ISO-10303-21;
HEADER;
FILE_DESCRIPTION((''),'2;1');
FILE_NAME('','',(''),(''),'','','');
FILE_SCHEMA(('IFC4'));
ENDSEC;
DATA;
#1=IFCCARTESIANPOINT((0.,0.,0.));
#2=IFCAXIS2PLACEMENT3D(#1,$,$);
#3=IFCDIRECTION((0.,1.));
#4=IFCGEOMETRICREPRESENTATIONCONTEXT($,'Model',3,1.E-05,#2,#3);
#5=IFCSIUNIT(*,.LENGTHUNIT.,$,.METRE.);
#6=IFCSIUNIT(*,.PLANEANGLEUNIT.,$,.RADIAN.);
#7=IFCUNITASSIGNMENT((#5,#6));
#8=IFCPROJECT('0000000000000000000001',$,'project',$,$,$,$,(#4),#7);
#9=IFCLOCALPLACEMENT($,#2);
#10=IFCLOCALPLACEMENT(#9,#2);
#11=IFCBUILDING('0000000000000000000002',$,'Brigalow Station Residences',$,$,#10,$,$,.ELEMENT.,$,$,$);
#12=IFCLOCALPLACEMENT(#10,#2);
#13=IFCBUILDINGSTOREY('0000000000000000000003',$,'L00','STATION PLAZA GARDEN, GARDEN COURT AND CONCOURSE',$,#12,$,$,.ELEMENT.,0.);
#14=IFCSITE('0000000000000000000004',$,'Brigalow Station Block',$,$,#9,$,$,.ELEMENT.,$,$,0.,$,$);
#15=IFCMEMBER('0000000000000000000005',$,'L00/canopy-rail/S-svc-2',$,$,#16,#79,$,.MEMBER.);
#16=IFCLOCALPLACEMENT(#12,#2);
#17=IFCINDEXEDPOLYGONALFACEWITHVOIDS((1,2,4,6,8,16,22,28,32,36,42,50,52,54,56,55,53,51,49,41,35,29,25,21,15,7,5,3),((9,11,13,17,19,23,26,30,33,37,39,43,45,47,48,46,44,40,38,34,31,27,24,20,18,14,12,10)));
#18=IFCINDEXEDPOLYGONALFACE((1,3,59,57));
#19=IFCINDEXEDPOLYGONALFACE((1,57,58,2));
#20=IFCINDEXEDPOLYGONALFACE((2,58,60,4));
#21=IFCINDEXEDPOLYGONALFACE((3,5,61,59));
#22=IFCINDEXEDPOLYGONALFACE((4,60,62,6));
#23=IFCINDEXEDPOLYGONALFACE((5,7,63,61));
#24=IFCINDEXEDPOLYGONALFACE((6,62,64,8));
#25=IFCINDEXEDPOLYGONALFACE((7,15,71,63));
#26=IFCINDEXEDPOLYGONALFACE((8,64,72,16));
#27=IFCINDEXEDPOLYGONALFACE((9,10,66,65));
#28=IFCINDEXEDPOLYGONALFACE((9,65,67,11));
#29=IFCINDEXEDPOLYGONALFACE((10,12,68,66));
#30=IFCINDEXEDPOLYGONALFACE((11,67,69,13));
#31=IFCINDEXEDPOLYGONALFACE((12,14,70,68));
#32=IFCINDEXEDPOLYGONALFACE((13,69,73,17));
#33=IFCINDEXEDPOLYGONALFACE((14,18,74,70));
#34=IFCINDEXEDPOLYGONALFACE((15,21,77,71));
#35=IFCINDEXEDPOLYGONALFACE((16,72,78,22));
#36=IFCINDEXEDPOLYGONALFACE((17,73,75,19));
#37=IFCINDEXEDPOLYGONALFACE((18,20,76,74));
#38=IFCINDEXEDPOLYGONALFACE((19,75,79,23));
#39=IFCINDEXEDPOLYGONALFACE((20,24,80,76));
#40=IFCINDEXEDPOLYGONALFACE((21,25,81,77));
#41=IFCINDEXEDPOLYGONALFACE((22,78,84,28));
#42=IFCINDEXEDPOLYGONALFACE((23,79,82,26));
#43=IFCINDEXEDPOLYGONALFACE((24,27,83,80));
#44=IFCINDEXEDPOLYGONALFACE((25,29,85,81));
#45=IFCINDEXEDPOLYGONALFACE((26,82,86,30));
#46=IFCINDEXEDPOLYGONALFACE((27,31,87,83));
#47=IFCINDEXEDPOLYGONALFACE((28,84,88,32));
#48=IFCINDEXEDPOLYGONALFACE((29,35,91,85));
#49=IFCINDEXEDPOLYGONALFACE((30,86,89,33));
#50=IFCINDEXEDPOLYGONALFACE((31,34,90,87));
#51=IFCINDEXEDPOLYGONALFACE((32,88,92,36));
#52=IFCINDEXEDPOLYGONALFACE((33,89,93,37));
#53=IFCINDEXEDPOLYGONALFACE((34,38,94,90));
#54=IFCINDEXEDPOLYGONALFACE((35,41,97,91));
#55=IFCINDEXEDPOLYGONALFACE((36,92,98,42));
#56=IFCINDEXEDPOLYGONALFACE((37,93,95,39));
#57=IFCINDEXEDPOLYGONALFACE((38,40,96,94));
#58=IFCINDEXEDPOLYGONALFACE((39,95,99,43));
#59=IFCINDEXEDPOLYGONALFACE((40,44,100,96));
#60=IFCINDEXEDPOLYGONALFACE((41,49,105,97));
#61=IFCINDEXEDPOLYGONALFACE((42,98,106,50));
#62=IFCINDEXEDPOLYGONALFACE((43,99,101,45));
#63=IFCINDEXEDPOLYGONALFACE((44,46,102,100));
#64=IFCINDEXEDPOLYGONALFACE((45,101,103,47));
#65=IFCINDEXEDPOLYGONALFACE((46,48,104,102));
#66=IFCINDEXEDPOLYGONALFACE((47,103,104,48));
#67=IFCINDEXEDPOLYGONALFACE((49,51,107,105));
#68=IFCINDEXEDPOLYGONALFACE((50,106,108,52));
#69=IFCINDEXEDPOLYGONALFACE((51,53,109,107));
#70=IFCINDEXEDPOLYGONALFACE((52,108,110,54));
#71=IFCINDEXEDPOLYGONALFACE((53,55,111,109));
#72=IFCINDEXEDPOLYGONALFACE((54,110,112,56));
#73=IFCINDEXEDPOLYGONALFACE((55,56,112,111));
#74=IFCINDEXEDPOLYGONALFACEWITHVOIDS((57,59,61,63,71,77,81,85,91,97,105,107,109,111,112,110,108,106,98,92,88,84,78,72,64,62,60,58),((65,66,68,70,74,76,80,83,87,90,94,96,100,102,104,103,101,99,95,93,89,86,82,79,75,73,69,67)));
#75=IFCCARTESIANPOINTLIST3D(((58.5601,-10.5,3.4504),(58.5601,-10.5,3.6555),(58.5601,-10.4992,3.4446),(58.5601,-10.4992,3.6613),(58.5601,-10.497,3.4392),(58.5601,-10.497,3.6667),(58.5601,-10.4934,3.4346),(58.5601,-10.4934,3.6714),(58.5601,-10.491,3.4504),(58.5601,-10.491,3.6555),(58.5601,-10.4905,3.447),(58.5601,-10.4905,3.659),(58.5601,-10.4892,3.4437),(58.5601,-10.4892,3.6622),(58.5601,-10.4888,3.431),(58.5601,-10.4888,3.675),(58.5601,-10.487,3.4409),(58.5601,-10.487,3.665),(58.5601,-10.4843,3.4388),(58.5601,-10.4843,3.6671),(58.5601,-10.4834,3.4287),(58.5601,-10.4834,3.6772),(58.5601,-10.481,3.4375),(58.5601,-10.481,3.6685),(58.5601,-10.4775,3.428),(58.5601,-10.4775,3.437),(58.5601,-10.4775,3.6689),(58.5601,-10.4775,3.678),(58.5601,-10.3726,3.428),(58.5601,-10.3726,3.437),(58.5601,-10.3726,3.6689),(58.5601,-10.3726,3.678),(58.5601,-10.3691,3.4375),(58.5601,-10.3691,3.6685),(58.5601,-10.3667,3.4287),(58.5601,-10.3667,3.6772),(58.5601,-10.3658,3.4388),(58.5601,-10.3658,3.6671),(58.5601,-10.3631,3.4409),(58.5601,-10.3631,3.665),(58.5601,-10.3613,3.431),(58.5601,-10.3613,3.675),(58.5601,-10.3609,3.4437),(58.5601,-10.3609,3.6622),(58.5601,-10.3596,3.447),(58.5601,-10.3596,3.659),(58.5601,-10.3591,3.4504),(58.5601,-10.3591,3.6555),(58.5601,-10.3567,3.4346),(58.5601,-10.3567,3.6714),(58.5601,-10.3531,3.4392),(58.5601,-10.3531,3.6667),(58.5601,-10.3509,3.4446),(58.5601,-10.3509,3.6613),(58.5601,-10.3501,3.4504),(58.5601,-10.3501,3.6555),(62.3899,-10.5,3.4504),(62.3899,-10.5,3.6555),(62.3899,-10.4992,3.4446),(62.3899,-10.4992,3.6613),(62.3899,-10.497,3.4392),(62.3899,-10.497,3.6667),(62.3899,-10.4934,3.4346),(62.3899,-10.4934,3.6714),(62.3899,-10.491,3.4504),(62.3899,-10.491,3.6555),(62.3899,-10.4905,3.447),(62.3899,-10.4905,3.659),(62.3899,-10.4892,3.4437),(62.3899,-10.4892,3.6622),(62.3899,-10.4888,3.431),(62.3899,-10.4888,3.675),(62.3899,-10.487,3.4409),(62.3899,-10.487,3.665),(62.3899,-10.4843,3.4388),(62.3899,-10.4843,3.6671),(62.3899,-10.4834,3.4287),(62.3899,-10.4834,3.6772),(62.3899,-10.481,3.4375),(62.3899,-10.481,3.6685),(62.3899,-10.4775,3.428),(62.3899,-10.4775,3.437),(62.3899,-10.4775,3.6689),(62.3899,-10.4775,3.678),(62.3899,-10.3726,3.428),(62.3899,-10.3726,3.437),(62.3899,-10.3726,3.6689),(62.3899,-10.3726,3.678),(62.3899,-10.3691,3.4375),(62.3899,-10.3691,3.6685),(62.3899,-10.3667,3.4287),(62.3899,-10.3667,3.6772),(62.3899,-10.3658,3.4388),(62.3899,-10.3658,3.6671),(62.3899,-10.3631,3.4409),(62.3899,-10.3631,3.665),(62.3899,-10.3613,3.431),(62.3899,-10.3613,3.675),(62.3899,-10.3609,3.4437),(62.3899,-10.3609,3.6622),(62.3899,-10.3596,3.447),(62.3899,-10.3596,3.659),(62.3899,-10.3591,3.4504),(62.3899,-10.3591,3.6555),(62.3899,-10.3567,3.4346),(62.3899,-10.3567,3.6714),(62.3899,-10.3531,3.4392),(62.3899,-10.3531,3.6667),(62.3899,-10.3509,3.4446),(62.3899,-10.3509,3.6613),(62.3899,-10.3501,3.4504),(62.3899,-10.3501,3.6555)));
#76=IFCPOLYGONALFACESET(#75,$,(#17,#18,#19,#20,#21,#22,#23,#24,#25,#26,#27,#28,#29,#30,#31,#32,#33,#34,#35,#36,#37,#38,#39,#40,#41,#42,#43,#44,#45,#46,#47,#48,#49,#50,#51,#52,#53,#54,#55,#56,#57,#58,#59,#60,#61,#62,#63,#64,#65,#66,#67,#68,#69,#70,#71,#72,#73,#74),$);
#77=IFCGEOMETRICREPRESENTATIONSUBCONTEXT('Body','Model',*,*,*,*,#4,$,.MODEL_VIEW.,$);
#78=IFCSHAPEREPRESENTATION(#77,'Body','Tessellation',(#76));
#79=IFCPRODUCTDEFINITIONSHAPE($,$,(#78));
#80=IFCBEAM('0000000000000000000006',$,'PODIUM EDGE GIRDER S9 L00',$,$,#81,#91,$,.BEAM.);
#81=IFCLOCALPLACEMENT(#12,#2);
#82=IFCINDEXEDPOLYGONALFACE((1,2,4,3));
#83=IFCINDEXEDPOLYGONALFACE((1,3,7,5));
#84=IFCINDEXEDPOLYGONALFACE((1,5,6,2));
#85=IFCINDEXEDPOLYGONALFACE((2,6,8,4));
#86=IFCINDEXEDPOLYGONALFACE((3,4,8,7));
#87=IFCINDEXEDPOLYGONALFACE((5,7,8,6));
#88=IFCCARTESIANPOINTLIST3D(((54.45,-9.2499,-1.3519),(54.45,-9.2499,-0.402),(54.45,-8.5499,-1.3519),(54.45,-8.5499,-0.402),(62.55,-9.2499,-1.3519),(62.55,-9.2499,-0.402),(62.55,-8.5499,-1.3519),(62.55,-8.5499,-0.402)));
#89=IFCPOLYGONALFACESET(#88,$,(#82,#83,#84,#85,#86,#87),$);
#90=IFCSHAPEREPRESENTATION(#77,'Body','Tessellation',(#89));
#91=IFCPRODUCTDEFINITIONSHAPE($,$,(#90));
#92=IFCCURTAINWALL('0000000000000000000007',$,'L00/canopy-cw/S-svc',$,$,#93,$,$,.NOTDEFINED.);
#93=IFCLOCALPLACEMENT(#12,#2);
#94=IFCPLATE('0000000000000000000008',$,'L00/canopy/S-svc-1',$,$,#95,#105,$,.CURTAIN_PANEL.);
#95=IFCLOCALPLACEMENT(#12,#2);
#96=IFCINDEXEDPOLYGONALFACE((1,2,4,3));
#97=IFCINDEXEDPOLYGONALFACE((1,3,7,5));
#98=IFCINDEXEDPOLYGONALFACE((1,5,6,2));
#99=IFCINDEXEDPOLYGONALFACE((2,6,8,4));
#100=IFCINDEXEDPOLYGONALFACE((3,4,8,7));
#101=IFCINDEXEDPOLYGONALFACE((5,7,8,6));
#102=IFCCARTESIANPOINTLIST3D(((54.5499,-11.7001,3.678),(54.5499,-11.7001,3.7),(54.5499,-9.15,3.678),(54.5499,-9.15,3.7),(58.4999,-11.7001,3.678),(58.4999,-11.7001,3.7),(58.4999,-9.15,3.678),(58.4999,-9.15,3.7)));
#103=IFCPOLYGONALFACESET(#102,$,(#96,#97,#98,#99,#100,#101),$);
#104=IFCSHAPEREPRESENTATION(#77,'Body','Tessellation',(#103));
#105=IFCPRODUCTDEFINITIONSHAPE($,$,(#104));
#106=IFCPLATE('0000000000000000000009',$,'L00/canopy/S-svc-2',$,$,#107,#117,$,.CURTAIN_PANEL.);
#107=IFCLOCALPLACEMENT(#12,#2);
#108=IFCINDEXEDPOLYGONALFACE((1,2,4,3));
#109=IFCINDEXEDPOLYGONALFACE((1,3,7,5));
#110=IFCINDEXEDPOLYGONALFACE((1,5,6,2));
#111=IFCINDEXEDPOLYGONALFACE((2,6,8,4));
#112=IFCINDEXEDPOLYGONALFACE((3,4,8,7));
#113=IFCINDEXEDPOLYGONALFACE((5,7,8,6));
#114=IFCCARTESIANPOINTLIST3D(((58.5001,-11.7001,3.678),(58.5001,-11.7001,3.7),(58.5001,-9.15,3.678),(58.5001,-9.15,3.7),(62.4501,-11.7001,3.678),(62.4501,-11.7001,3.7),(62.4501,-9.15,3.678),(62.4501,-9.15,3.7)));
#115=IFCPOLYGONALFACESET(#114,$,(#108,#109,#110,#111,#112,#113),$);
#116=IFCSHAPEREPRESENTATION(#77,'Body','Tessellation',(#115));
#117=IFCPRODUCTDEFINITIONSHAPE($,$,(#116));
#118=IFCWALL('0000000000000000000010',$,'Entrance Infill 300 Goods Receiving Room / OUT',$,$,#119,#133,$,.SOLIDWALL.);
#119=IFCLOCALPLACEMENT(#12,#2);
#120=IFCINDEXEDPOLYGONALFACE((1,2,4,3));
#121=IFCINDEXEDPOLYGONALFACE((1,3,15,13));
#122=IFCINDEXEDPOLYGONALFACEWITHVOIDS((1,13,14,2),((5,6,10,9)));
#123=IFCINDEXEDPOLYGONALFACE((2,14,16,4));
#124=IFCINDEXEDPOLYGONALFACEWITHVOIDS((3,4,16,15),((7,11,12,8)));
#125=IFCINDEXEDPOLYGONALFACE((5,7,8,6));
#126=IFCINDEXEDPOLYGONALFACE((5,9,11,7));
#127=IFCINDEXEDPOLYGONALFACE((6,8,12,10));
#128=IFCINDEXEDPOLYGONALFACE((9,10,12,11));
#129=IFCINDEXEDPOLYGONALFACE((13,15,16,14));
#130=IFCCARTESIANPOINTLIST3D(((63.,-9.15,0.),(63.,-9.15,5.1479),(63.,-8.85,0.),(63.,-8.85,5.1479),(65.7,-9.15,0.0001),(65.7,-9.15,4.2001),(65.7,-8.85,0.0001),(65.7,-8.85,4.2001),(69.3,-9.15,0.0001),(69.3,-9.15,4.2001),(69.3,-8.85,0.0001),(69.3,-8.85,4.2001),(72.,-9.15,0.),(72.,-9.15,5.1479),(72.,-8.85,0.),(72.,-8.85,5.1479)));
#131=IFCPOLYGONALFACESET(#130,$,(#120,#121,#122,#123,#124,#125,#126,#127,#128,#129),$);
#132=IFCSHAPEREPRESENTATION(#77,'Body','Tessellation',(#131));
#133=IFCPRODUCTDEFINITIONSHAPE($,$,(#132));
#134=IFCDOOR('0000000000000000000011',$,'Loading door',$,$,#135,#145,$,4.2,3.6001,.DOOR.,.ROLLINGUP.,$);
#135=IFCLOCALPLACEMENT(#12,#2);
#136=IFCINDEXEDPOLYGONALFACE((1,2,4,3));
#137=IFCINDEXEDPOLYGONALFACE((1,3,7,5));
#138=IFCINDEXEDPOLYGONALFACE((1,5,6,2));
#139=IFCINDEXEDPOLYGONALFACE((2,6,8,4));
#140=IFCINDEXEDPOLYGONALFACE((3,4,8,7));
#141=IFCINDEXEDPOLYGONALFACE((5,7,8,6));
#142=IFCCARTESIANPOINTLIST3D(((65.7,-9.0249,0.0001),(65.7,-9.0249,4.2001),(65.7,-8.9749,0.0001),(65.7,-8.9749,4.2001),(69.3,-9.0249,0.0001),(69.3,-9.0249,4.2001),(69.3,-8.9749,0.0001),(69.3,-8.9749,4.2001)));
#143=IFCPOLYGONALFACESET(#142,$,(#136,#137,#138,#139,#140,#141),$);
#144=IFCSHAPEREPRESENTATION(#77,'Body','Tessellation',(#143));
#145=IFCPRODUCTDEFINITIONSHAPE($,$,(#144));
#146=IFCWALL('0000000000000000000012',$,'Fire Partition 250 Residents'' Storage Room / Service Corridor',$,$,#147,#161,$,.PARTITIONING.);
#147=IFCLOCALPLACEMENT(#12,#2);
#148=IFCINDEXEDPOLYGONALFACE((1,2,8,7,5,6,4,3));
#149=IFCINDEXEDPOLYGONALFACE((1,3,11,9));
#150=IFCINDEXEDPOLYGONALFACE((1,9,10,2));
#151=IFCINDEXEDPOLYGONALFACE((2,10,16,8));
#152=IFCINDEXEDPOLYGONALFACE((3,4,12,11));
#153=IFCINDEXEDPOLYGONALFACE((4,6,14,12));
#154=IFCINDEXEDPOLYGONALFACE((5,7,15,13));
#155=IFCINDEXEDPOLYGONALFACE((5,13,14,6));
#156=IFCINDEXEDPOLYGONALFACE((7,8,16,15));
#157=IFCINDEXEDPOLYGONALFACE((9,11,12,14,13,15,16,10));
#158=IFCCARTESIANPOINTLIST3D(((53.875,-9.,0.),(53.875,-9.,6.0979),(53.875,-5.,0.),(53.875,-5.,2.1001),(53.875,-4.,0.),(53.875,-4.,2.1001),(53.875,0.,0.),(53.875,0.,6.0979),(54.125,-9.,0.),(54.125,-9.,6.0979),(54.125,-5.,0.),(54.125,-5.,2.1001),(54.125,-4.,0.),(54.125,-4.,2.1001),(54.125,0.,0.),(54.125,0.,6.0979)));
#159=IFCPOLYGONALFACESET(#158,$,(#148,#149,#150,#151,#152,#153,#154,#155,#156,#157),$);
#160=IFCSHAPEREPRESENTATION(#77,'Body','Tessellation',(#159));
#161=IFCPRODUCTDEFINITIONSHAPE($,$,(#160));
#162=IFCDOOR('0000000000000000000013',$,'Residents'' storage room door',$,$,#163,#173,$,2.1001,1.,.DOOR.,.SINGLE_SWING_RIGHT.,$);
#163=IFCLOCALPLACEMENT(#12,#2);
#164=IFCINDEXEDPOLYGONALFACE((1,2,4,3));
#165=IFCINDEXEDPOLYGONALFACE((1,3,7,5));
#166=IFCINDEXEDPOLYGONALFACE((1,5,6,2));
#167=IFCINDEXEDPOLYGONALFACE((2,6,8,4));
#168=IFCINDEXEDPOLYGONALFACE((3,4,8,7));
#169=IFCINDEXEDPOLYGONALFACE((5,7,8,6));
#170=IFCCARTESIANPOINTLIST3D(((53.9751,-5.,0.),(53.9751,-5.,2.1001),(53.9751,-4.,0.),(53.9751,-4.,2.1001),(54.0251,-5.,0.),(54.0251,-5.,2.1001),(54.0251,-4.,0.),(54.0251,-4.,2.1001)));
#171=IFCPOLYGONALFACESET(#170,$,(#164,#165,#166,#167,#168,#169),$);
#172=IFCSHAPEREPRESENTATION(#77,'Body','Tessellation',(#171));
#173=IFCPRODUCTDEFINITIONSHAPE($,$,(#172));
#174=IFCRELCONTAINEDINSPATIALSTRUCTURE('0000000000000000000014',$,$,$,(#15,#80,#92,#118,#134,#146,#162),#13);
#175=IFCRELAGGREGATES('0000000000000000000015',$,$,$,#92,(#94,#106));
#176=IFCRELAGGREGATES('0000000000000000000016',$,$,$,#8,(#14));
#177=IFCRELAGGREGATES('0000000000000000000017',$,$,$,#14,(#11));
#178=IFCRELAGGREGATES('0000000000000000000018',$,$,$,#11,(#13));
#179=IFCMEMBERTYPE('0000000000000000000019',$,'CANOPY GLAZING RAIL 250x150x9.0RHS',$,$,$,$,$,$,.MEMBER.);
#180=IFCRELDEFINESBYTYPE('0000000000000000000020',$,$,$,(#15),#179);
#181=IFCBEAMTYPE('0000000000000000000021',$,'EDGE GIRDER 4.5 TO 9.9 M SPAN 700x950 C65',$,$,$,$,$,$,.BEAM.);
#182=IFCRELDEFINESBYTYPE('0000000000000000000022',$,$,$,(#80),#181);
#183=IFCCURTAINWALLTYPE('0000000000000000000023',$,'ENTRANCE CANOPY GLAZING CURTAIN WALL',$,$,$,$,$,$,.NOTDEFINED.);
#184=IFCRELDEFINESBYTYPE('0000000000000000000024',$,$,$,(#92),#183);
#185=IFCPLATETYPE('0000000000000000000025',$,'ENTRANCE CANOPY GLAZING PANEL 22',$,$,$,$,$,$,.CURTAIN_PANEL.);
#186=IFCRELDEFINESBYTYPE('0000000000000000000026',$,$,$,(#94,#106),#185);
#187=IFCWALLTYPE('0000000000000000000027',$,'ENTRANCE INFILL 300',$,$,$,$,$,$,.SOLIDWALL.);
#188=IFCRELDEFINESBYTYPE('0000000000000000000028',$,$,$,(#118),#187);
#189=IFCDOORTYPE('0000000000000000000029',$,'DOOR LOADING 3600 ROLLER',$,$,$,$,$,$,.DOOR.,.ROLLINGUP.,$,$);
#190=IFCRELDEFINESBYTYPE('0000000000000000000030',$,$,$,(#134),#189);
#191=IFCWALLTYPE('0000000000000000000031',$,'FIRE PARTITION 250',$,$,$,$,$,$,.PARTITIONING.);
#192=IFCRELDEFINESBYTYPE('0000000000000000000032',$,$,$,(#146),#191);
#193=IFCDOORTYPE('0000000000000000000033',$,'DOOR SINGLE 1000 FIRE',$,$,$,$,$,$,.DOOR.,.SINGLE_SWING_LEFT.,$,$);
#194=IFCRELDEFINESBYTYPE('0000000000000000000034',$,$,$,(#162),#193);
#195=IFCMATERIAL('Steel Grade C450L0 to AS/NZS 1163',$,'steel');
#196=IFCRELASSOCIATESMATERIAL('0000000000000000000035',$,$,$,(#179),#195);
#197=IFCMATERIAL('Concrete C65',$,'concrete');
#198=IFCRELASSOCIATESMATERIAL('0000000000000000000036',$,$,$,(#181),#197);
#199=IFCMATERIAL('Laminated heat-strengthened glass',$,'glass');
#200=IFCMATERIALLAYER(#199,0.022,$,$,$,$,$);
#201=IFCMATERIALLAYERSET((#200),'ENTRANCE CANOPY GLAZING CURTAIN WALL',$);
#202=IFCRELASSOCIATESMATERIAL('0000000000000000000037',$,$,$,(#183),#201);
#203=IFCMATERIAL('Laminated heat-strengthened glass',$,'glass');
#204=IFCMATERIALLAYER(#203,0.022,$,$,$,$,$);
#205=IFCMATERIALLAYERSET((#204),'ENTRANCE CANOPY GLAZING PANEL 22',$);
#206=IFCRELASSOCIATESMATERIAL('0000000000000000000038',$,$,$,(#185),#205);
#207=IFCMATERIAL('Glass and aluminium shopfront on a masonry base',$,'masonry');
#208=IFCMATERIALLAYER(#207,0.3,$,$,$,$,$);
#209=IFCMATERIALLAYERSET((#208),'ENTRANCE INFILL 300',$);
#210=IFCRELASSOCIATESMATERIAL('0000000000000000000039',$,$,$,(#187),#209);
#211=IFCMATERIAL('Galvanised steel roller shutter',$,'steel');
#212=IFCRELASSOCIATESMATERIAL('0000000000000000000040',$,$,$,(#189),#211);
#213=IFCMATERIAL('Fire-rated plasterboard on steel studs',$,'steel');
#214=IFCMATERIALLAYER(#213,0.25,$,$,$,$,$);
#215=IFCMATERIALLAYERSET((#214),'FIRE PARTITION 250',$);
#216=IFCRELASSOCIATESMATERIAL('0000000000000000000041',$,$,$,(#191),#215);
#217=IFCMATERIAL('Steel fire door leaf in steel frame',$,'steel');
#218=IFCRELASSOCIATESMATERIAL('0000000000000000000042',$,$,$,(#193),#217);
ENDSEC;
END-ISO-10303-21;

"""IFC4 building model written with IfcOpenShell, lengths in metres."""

from ifc_helpers import new_model, si_unit, direction, frame, frame_2d, origin, origin_2d, place, context, subcontext, project, spatial, rectangle, hollow_rectangle, extrude, material, layer, layer_set, material_profile, profile_set, type_object, element, fill, aggregate, save


model = new_model("IFC4")

# Units and contexts
model_context = context("Model", 3, precision=1e-05, world=origin(), true_north=direction((0.0, 1.0)))
body_context = subcontext(model_context, "Body", "Model", "MODEL_VIEW")
ifc_project = project(units=[si_unit("LENGTHUNIT", "METRE"), si_unit("PLANEANGLEUNIT", "RADIAN")], contexts=[model_context])

# Site, building, storey
site_placement = place(None, origin())
site = spatial("IfcSite", under=ifc_project, at=site_placement, Name="Brigalow Station Block", CompositionType="ELEMENT", RefElevation=0.0)
building_placement = place(site_placement, origin())
building = spatial("IfcBuilding", under=site, at=building_placement, Name="Brigalow Station Residences", CompositionType="ELEMENT")
storey_placement = place(building_placement, origin())
storey = spatial("IfcBuildingStorey", under=building, at=storey_placement, Name="L00", Description="STATION PLAZA GARDEN, GARDEN COURT AND CONCOURSE", CompositionType="ELEMENT", Elevation=0.0)

# Member
ifc_material_1 = material(Name="Steel Grade C450L0 to AS/NZS 1163", Category="steel")
ifc_material_profile_1 = material_profile(ifc_material_1, hollow_rectangle(XDim=0.1499, YDim=0.25, WallThickness=0.009, InnerFilletRadius=0.0134, OuterFilletRadius=0.0225, at=origin_2d()), Name="250x150x9.0RHS")
ifc_profile_set_1 = profile_set([ifc_material_profile_1], Name="Steel Grade C450L0 to AS/NZS 1163")
member_type = type_object("IfcMemberType", Name="CANOPY GLAZING RAIL 250x150x9.0RHS", PredefinedType="MEMBER", material=ifc_profile_set_1)
for number, where, z_axis, x_axis, name in (
    (1, (58.5601, -10.425, 3.553), (1.0, 0.0, 0.0), (0.0, 1.0, 0.0), "L00/canopy-rail/S-svc-2"),
):
    element("IfcMember", number, at=place(storey_placement, frame(where, z_axis=z_axis, x_axis=x_axis)), inside=storey, type_object=member_type, Name=name, PredefinedType="MEMBER", context=body_context, shape_type="SweptSolid", body=[
        extrude(hollow_rectangle(XDim=0.1499, YDim=0.25, WallThickness=0.009, InnerFilletRadius=0.0134, OuterFilletRadius=0.0225, at=origin_2d()), origin(), (0.0, 0.0, 1.0), 3.8298),
    ])

# Beam
ifc_material_2 = material(Name="Concrete C65", Category="concrete")
ifc_material_profile_2 = material_profile(ifc_material_2, rectangle(XDim=0.7, YDim=0.95, at=origin_2d()), Name="RC700x950")
ifc_profile_set_2 = profile_set([ifc_material_profile_2], Name="Concrete C65")
beam_type_1 = type_object("IfcBeamType", Name="EDGE GIRDER 4.5 TO 9.9 M SPAN 700x950 C65", PredefinedType="BEAM", material=ifc_profile_set_2)
beam_1_placement = place(storey_placement, frame((54.45, -8.8999, -0.877), z_axis=(1.0, 0.0, 0.0), x_axis=(0.0, 1.0, 0.0)))
element("IfcBeam", 2, at=beam_1_placement, inside=storey, type_object=beam_type_1, Name="PODIUM EDGE GIRDER S9 L00", PredefinedType="BEAM", context=body_context, shape_type="SweptSolid", body=[
    extrude(rectangle(XDim=0.7, YDim=0.95, at=origin_2d()), origin(), (0.0, 0.0, 1.0), 8.1001),
])

# Curtain wall, plates
ifc_material_3 = material(Name="Laminated heat-strengthened glass", Category="glass")
ifc_layer_1 = layer(ifc_material_3, 0.022)
ifc_layer_set_1 = layer_set([ifc_layer_1], Name="ENTRANCE CANOPY GLAZING CURTAIN WALL")
curtain_wall_type = type_object("IfcCurtainWallType", Name="ENTRANCE CANOPY GLAZING CURTAIN WALL", PredefinedType="NOTDEFINED", material=ifc_layer_set_1)
curtain_wall_placement = place(storey_placement, origin())
curtain_wall = element("IfcCurtainWall", 3, at=curtain_wall_placement, inside=storey, type_object=curtain_wall_type, Name="L00/canopy-cw/S-svc", PredefinedType="NOTDEFINED")
ifc_material_4 = material(Name="Laminated heat-strengthened glass", Category="glass")
ifc_layer_2 = layer(ifc_material_4, 0.022)
ifc_layer_set_2 = layer_set([ifc_layer_2], Name="ENTRANCE CANOPY GLAZING PANEL 22")
plate_type = type_object("IfcPlateType", Name="ENTRANCE CANOPY GLAZING PANEL 22", PredefinedType="CURTAIN_PANEL", material=ifc_layer_set_2)
plate_1_placement = place(storey_placement, frame((56.5249, -10.425, 3.678), z_axis=(0.0, 0.0, 1.0), x_axis=(1.0, 0.0, 0.0)))
plate_1 = element("IfcPlate", 4, at=plate_1_placement, type_object=plate_type, Name="L00/canopy/S-svc-1", PredefinedType="CURTAIN_PANEL", context=body_context, shape_type="SweptSolid", body=[
    extrude(rectangle(XDim=3.95, YDim=2.55, at=origin_2d()), origin(), (0.0, 0.0, 1.0), 0.022),
])
plate_2_placement = place(storey_placement, frame((60.4751, -10.425, 3.678), z_axis=(0.0, 0.0, 1.0), x_axis=(1.0, 0.0, 0.0)))
plate_2 = element("IfcPlate", 5, at=plate_2_placement, type_object=plate_type, Name="L00/canopy/S-svc-2", PredefinedType="CURTAIN_PANEL", context=body_context, shape_type="SweptSolid", body=[
    extrude(rectangle(XDim=3.95, YDim=2.55, at=origin_2d()), origin(), (0.0, 0.0, 1.0), 0.022),
])
aggregate(curtain_wall, [plate_1, plate_2])

# Walls, openings, doors
ifc_material_5 = material(Name="Glass and aluminium shopfront on a masonry base", Category="masonry")
ifc_layer_3 = layer(ifc_material_5, 0.3)
ifc_layer_set_3 = layer_set([ifc_layer_3], Name="ENTRANCE INFILL 300")
wall_type_1 = type_object("IfcWallType", Name="ENTRANCE INFILL 300", PredefinedType="SOLIDWALL", material=ifc_layer_set_3)
wall_1_placement = place(storey_placement, frame((63.0, -9.0, 0.0), z_axis=(0.0, 0.0, 1.0), x_axis=(1.0, 0.0, 0.0)))
wall_1 = element("IfcWall", 6, at=wall_1_placement, inside=storey, type_object=wall_type_1, Name="Entrance Infill 300 Goods Receiving Room / OUT", PredefinedType="SOLIDWALL", context=body_context, shape_type="SweptSolid", body=[
    extrude(rectangle(XDim=9.0, YDim=0.3, at=frame_2d((4.5, 0.0))), origin(), (0.0, 0.0, 1.0), 5.1479),
])
opening_1_placement = place(wall_1_placement, frame((2.7, 0.0, 0.0)))
opening_1 = element("IfcOpeningElement", 7, at=opening_1_placement, cuts=wall_1, PredefinedType="OPENING", context=body_context, shape_type="SweptSolid", body=[
    extrude(rectangle(XDim=3.6001, YDim=4.2, at=frame_2d((1.8, 2.1001))), frame((0.0, 0.1602, 0.0), z_axis=(0.0, -1.0, 0.0), x_axis=(1.0, 0.0, 0.0)), (0.0, 0.0, 1.0), 0.3201),
])
ifc_material_6 = material(Name="Galvanised steel roller shutter", Category="steel")
door_type_1 = type_object("IfcDoorType", Name="DOOR LOADING 3600 ROLLER", OperationType="ROLLINGUP", PredefinedType="DOOR", material=ifc_material_6)
door_1_placement = place(opening_1_placement, frame((3.6001, 0.0, 0.0), z_axis=(0.0, 0.0, 1.0), x_axis=(-1.0, 0.0, 0.0)))
door_1 = element("IfcDoor", 8, at=door_1_placement, inside=storey, type_object=door_type_1, Name="Loading door", OperationType="ROLLINGUP", OverallHeight=4.2, OverallWidth=3.6001, PredefinedType="DOOR", context=body_context, shape_type="SweptSolid", body=[
    extrude(rectangle(XDim=3.6001, YDim=4.2, at=frame_2d((1.8, 2.1001))), frame((0.0, 0.0249, 0.0), z_axis=(0.0, -1.0, 0.0), x_axis=(1.0, 0.0, 0.0)), (0.0, 0.0, 1.0), 0.05),
])
fill(opening_1, door_1)
ifc_material_7 = material(Name="Fire-rated plasterboard on steel studs", Category="steel")
ifc_layer_4 = layer(ifc_material_7, 0.25)
ifc_layer_set_4 = layer_set([ifc_layer_4], Name="FIRE PARTITION 250")
wall_type_2 = type_object("IfcWallType", Name="FIRE PARTITION 250", PredefinedType="PARTITIONING", material=ifc_layer_set_4)
wall_2_placement = place(storey_placement, frame((54.0, -9.0, 0.0), z_axis=(0.0, 0.0, 1.0), x_axis=(0.0, 1.0, 0.0)))
wall_2 = element("IfcWall", 9, at=wall_2_placement, inside=storey, type_object=wall_type_2, Name="Fire Partition 250 Residents' Storage Room / Service Corridor", PredefinedType="PARTITIONING", context=body_context, shape_type="SweptSolid", body=[
    extrude(rectangle(XDim=9.0, YDim=0.25, at=frame_2d((4.5, 0.0))), origin(), (0.0, 0.0, 1.0), 6.0979),
])
opening_2_placement = place(wall_2_placement, frame((4.0, 0.0, 0.0)))
opening_2 = element("IfcOpeningElement", 10, at=opening_2_placement, cuts=wall_2, PredefinedType="OPENING", context=body_context, shape_type="SweptSolid", body=[
    extrude(rectangle(XDim=1.0, YDim=2.1001, at=frame_2d((0.5, 1.05))), frame((0.0, 0.135, 0.0), z_axis=(0.0, -1.0, 0.0), x_axis=(1.0, 0.0, 0.0)), (0.0, 0.0, 1.0), 0.27),
])
ifc_material_8 = material(Name="Steel fire door leaf in steel frame", Category="steel")
door_type_2 = type_object("IfcDoorType", Name="DOOR SINGLE 1000 FIRE", OperationType="SINGLE_SWING_LEFT", PredefinedType="DOOR", material=ifc_material_8)
door_2_placement = place(opening_2_placement, origin())
door_2 = element("IfcDoor", 11, at=door_2_placement, inside=storey, type_object=door_type_2, Name="Residents' storage room door", OperationType="SINGLE_SWING_RIGHT", OverallHeight=2.1001, OverallWidth=1.0, PredefinedType="DOOR", context=body_context, shape_type="SweptSolid", body=[
    extrude(rectangle(XDim=1.0, YDim=2.1001, at=frame_2d((0.5, 1.05))), frame((0.0, 0.0249, 0.0), z_axis=(0.0, -1.0, 0.0), x_axis=(1.0, 0.0, 0.0)), (0.0, 0.0, 1.0), 0.05),
])
fill(opening_2, door_2)

save(model, "model.ifc")
